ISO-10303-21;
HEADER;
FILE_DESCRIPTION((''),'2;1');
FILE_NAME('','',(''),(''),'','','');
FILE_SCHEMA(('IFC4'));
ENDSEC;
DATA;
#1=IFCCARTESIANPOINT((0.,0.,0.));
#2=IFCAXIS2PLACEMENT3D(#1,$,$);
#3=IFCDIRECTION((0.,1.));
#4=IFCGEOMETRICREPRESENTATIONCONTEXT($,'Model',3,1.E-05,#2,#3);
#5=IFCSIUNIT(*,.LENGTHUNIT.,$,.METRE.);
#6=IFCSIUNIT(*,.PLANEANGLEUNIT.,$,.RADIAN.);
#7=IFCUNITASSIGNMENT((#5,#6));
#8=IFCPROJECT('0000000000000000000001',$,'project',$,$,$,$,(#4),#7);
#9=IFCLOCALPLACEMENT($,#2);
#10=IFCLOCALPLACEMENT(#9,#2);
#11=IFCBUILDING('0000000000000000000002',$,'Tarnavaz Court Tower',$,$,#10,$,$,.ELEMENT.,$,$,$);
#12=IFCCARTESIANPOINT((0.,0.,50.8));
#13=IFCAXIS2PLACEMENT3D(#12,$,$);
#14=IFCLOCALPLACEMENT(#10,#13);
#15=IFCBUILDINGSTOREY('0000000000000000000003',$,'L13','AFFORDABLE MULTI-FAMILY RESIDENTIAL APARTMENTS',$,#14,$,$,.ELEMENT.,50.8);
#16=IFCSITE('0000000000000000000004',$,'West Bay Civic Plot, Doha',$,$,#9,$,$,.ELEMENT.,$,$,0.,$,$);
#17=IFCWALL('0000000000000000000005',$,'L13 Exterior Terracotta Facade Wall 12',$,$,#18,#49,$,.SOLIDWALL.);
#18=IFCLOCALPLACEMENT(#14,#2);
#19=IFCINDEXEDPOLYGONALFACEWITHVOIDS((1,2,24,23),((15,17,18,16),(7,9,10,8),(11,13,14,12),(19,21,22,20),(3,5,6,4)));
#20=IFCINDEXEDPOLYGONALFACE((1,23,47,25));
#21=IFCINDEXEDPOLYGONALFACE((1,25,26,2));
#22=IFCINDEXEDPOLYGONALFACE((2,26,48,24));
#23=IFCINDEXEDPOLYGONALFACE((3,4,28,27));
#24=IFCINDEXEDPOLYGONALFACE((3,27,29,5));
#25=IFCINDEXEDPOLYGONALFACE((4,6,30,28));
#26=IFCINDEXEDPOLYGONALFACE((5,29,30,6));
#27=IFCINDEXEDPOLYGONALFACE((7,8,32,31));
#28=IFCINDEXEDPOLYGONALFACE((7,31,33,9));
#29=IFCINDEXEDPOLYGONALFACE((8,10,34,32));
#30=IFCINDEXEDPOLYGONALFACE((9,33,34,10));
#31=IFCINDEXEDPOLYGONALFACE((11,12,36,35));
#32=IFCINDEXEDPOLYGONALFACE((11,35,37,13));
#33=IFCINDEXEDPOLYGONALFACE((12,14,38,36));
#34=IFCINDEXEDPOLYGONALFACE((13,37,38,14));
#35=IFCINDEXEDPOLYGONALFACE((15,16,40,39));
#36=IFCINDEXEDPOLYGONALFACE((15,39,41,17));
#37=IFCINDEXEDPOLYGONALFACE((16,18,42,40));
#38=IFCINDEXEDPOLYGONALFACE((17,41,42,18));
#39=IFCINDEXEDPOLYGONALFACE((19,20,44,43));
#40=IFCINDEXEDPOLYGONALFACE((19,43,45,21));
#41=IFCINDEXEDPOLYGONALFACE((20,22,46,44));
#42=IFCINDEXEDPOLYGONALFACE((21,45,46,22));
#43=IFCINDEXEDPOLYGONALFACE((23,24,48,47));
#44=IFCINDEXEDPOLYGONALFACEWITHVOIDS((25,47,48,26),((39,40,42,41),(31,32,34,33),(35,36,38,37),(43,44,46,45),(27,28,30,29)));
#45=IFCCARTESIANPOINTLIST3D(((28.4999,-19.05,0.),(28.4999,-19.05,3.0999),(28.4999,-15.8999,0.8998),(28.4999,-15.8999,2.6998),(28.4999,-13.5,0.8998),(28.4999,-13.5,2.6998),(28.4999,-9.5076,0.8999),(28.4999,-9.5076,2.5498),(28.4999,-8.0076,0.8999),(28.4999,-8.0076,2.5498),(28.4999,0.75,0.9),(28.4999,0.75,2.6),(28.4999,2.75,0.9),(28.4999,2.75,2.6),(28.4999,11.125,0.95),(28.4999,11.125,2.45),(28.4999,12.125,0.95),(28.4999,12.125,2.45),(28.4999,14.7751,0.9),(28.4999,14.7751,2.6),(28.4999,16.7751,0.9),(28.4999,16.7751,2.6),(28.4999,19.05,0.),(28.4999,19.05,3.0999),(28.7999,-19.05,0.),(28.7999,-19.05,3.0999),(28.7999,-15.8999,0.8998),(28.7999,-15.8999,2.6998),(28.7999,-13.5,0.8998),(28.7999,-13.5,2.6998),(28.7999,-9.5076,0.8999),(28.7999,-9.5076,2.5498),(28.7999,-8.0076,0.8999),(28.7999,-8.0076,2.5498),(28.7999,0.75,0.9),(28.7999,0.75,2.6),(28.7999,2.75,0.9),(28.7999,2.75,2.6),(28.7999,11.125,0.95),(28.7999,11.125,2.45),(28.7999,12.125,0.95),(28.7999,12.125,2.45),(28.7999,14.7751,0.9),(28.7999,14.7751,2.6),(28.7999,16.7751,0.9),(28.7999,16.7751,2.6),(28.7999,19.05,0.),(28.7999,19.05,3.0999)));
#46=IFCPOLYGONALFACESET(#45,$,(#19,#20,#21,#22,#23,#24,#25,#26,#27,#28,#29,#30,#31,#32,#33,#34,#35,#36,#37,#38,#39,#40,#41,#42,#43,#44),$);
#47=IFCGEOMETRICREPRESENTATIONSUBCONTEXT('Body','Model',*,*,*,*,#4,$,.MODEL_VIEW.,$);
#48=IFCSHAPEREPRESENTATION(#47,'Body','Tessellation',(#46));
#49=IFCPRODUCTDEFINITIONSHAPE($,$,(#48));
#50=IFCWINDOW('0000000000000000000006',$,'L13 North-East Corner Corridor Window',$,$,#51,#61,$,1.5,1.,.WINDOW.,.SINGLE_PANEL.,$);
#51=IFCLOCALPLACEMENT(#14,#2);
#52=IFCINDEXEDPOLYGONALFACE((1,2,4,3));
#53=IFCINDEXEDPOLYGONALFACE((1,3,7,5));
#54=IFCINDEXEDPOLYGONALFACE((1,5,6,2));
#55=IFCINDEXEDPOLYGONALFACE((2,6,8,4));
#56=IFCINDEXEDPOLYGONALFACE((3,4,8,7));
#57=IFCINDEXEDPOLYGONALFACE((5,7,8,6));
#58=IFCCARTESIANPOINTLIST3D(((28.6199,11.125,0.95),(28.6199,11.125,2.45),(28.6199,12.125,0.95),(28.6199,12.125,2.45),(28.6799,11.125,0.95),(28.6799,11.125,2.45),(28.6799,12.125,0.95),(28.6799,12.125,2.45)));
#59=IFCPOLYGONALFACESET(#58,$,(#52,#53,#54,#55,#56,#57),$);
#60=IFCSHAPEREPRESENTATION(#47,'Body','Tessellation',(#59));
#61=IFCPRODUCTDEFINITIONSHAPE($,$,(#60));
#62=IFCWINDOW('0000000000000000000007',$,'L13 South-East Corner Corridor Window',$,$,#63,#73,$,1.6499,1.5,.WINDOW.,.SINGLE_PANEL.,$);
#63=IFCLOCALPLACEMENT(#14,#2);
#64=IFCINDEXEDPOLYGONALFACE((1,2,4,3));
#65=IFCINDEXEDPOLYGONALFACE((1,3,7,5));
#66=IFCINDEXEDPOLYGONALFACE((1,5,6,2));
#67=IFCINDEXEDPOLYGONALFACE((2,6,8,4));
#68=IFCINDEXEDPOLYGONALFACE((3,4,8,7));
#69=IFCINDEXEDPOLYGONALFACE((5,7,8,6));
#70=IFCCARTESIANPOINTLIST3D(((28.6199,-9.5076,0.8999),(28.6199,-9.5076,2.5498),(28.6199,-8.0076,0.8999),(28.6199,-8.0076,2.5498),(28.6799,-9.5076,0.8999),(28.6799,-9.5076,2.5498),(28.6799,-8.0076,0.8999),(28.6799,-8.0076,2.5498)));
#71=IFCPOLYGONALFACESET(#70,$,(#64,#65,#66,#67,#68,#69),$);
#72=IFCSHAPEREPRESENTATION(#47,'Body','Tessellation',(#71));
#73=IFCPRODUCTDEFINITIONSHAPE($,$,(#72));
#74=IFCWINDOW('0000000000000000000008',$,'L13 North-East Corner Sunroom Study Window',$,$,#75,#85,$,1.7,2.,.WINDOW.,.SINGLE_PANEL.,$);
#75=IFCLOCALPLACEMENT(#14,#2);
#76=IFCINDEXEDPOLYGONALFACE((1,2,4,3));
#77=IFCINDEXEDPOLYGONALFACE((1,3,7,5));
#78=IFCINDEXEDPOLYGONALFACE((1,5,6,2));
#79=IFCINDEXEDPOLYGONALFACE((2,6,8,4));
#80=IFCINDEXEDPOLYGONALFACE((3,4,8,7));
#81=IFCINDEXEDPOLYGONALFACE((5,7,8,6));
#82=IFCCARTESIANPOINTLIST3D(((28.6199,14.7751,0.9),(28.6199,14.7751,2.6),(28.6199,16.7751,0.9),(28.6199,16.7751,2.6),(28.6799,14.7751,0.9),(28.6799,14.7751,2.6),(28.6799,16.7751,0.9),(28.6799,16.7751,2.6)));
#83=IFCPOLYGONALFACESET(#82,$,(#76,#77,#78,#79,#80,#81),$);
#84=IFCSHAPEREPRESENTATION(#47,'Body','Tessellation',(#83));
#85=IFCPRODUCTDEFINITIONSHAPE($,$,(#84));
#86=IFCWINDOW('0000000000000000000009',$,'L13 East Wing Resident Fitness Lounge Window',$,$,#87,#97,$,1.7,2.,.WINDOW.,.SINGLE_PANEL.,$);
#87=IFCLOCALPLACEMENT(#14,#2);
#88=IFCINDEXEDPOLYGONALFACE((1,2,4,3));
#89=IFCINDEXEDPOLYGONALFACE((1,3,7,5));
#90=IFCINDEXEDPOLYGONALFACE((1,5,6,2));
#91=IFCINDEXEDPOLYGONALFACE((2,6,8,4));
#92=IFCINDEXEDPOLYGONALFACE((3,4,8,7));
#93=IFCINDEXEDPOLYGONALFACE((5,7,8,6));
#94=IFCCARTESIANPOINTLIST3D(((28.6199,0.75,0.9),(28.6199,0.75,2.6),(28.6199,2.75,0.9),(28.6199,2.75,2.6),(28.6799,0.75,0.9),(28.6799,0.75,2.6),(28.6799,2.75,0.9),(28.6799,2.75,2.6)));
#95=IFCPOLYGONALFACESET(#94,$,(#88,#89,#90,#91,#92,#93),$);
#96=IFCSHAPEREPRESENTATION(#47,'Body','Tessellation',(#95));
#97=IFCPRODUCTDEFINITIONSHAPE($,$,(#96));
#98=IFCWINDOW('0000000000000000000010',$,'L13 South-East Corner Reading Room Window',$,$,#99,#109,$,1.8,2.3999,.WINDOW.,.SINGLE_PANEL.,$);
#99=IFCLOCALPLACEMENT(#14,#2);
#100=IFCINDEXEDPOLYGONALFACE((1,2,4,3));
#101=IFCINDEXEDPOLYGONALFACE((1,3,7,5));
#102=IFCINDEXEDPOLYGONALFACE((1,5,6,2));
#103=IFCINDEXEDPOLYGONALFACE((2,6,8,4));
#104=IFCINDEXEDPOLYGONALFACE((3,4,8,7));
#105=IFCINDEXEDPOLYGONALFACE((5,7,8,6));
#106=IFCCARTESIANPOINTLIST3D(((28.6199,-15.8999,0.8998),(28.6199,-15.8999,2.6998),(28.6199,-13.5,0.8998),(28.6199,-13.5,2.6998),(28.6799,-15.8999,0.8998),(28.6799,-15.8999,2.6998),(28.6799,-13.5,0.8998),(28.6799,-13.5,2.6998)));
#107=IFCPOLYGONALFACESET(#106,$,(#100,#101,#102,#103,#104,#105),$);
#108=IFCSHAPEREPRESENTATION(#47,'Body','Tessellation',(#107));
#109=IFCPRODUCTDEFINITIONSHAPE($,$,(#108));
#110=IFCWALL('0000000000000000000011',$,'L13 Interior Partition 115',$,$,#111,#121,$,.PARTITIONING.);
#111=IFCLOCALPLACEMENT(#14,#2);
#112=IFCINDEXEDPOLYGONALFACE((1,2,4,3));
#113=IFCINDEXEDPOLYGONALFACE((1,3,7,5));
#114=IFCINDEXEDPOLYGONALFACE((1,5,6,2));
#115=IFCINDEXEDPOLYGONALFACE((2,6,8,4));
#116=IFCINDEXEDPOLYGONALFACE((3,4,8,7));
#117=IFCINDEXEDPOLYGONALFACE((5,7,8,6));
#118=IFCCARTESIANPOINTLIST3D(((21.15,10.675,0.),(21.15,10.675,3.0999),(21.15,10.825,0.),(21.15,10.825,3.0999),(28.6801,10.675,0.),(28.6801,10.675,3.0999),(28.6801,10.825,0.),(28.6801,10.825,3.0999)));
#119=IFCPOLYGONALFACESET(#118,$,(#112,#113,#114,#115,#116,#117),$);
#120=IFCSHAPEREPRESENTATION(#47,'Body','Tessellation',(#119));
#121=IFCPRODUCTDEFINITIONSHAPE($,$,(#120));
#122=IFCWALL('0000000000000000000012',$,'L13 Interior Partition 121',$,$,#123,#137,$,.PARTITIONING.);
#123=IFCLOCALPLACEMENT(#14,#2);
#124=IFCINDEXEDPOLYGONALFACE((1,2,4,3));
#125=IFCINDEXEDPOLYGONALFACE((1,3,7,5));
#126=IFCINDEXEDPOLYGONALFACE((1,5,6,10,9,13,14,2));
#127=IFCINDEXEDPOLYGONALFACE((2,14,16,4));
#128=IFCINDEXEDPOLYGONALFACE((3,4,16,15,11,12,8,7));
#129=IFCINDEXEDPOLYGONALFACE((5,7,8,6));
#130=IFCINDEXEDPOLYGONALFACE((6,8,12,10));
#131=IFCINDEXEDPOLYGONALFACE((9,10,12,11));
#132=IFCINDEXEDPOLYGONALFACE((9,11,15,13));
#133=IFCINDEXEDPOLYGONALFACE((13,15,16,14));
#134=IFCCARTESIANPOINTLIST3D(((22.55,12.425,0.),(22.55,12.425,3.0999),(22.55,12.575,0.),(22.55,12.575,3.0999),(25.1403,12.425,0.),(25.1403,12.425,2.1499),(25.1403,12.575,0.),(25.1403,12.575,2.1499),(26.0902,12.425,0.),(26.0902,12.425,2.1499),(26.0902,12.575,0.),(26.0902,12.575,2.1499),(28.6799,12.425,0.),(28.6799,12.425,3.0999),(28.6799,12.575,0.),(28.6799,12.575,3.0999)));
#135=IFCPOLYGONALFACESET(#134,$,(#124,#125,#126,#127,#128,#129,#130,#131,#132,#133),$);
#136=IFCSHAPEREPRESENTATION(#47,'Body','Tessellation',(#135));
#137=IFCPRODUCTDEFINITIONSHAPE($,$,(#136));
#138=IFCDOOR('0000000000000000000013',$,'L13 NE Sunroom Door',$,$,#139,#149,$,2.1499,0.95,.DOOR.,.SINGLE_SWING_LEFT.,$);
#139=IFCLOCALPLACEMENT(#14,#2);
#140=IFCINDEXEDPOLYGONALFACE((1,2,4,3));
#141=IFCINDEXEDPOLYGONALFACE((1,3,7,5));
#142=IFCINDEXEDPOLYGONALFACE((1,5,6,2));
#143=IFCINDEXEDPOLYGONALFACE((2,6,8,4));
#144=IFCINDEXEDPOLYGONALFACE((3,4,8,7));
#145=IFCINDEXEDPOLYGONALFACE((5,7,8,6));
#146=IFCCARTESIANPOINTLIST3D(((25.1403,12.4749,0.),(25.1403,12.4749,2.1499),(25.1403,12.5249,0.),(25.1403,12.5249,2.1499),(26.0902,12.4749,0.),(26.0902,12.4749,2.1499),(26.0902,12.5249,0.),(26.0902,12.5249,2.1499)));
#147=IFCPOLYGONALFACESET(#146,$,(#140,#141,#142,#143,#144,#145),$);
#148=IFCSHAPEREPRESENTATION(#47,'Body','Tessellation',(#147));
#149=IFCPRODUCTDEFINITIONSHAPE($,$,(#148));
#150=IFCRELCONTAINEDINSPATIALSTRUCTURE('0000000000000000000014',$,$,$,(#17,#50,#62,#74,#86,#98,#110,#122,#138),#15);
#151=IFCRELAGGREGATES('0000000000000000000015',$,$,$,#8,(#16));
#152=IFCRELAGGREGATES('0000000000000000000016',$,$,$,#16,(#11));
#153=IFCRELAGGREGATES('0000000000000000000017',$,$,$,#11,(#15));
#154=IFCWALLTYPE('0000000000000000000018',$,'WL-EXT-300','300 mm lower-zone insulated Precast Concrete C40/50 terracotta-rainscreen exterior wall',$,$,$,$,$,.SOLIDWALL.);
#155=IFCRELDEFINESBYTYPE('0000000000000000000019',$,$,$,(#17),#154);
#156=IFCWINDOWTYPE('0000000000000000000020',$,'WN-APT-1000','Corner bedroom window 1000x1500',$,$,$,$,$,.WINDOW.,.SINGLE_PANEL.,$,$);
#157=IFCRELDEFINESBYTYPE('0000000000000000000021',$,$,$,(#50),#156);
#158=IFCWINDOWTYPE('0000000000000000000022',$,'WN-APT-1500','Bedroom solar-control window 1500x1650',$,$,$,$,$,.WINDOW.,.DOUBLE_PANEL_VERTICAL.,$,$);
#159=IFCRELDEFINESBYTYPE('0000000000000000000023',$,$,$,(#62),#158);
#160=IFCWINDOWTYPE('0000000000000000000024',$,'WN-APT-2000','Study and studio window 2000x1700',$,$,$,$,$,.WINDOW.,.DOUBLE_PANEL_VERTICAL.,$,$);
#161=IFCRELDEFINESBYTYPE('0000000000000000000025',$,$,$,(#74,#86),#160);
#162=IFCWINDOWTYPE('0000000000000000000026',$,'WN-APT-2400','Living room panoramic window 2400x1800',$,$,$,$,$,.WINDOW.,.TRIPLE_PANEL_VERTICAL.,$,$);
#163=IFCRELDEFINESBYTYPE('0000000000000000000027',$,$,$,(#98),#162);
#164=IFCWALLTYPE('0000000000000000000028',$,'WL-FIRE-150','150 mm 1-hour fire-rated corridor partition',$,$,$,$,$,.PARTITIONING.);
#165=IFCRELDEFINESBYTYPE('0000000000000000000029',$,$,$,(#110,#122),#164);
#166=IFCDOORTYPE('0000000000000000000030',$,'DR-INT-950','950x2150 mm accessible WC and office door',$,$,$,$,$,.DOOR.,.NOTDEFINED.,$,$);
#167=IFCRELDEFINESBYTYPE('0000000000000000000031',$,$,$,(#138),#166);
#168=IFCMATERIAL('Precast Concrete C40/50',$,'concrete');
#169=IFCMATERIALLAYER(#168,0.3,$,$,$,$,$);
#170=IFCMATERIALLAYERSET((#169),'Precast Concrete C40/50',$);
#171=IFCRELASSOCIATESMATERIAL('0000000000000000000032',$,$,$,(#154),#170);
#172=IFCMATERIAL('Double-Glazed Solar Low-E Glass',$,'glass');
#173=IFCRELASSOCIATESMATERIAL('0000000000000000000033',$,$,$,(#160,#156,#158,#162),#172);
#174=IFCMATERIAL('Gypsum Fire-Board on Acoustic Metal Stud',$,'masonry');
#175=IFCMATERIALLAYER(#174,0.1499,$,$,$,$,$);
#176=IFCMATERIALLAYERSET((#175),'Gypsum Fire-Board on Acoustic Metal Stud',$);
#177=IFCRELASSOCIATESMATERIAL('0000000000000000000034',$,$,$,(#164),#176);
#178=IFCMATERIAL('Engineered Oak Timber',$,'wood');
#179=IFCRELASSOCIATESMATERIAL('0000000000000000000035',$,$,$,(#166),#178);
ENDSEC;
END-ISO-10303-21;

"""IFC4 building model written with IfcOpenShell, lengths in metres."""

from ifc_helpers import new_model, si_unit, direction, frame, frame_2d, origin, place, context, subcontext, project, spatial, rectangle, extrude, material, layer, layer_set, type_object, element, fill, save


model = new_model("IFC4")

# Units and contexts
model_context = context("Model", 3, precision=1e-05, world=origin(), true_north=direction((0.0, 1.0)))
body_context = subcontext(model_context, "Body", "Model", "MODEL_VIEW")
ifc_project = project(units=[si_unit("LENGTHUNIT", "METRE"), si_unit("PLANEANGLEUNIT", "RADIAN")], contexts=[model_context])

# Site, building, storey
site_placement = place(None, origin())
site = spatial("IfcSite", under=ifc_project, at=site_placement, Name="West Bay Civic Plot, Doha", CompositionType="ELEMENT", RefElevation=0.0)
building_placement = place(site_placement, origin())
building = spatial("IfcBuilding", under=site, at=building_placement, Name="Tarnavaz Court Tower", CompositionType="ELEMENT")
storey_placement = place(building_placement, frame((0.0, 0.0, 50.8)))
storey = spatial("IfcBuildingStorey", under=building, at=storey_placement, Name="L13", Description="AFFORDABLE MULTI-FAMILY RESIDENTIAL APARTMENTS", CompositionType="ELEMENT", Elevation=50.8)

# Shared definitions
ifc_material_1 = material(Name="Precast Concrete C40/50", Category="concrete")
ifc_layer_1 = layer(ifc_material_1, 0.3)
ifc_layer_set_1 = layer_set([ifc_layer_1], Name="Precast Concrete C40/50")
wall_type_1 = type_object("IfcWallType", Name="WL-EXT-300", Description="300 mm lower-zone insulated Precast Concrete C40/50 terracotta-rainscreen exterior wall", PredefinedType="SOLIDWALL", material=ifc_layer_set_1)
ifc_material_2 = material(Name="Double-Glazed Solar Low-E Glass", Category="glass")
window_type_1 = type_object("IfcWindowType", Name="WN-APT-2000", Description="Study and studio window 2000x1700", PartitioningType="DOUBLE_PANEL_VERTICAL", PredefinedType="WINDOW", material=ifc_material_2)

# Wall, openings, windows
wall_1_placement = place(storey_placement, frame((28.6499, 19.05, 0.0), z_axis=(0.0, 0.0, 1.0), x_axis=(0.0, -1.0, 0.0)))
wall_1 = element("IfcWall", 1, at=wall_1_placement, inside=storey, type_object=wall_type_1, Name="L13 Exterior Terracotta Facade Wall 12", PredefinedType="SOLIDWALL", context=body_context, shape_type="SweptSolid", body=[
    extrude(rectangle(XDim=38.1001, YDim=0.3, at=frame_2d((19.05, 0.0))), origin(), (0.0, 0.0, 1.0), 3.0999),
])
opening_1_placement = place(wall_1_placement, frame((2.2749, 0.0, 0.8999)))
opening_1 = element("IfcOpeningElement", 2, at=opening_1_placement, cuts=wall_1, PredefinedType="OPENING", context=body_context, shape_type="SweptSolid", body=[
    extrude(rectangle(XDim=2.0, YDim=1.7, at=frame_2d((1.0, 0.8501))), frame((0.0, 0.1599, 0.0), z_axis=(0.0, -1.0, 0.0), x_axis=(1.0, 0.0, 0.0)), (0.0, 0.0, 1.0), 0.3201),
])
opening_2_placement = place(wall_1_placement, frame((6.925, 0.0, 0.95)))
opening_2 = element("IfcOpeningElement", 3, at=opening_2_placement, cuts=wall_1, PredefinedType="OPENING", context=body_context, shape_type="SweptSolid", body=[
    extrude(rectangle(XDim=1.0, YDim=1.5, at=frame_2d((0.5, 0.75))), frame((0.0, 0.1599, 0.0), z_axis=(0.0, -1.0, 0.0), x_axis=(1.0, 0.0, 0.0)), (0.0, 0.0, 1.0), 0.3201),
])
opening_3_placement = place(wall_1_placement, frame((16.3, 0.0, 0.8999)))
opening_3 = element("IfcOpeningElement", 4, at=opening_3_placement, cuts=wall_1, PredefinedType="OPENING", context=body_context, shape_type="SweptSolid", body=[
    extrude(rectangle(XDim=2.0, YDim=1.7, at=frame_2d((1.0, 0.8501))), frame((0.0, 0.1599, 0.0), z_axis=(0.0, -1.0, 0.0), x_axis=(1.0, 0.0, 0.0)), (0.0, 0.0, 1.0), 0.3201),
])
opening_4_placement = place(wall_1_placement, frame((27.0576, 0.0, 0.8999)))
opening_4 = element("IfcOpeningElement", 5, at=opening_4_placement, cuts=wall_1, PredefinedType="OPENING", context=body_context, shape_type="SweptSolid", body=[
    extrude(rectangle(XDim=1.5, YDim=1.6499, at=frame_2d((0.75, 0.825))), frame((0.0, 0.1599, 0.0), z_axis=(0.0, -1.0, 0.0), x_axis=(1.0, 0.0, 0.0)), (0.0, 0.0, 1.0), 0.3201),
])
opening_5_placement = place(wall_1_placement, frame((32.55, 0.0, 0.8999)))
opening_5 = element("IfcOpeningElement", 6, at=opening_5_placement, cuts=wall_1, PredefinedType="OPENING", context=body_context, shape_type="SweptSolid", body=[
    extrude(rectangle(XDim=2.3999, YDim=1.8, at=frame_2d((1.2, 0.8999))), frame((0.0, 0.1599, 0.0), z_axis=(0.0, -1.0, 0.0), x_axis=(1.0, 0.0, 0.0)), (0.0, 0.0, 1.0), 0.3201),
])
window_type_2 = type_object("IfcWindowType", Name="WN-APT-1000", Description="Corner bedroom window 1000x1500", PartitioningType="SINGLE_PANEL", PredefinedType="WINDOW", material=ifc_material_2)
window_1_placement = place(opening_2_placement, origin())
window_1 = element("IfcWindow", 7, at=window_1_placement, inside=storey, type_object=window_type_2, Name="L13 North-East Corner Corridor Window", OverallHeight=1.5, OverallWidth=1.0, PartitioningType="SINGLE_PANEL", PredefinedType="WINDOW", context=body_context, shape_type="SweptSolid", body=[
    extrude(rectangle(XDim=1.0, YDim=1.5, at=frame_2d((0.5, 0.75))), frame((0.0, 0.03, 0.0), z_axis=(0.0, -1.0, 0.0), x_axis=(1.0, 0.0, 0.0)), (0.0, 0.0, 1.0), 0.0601),
])
fill(opening_2, window_1)
window_type_3 = type_object("IfcWindowType", Name="WN-APT-1500", Description="Bedroom solar-control window 1500x1650", PartitioningType="DOUBLE_PANEL_VERTICAL", PredefinedType="WINDOW", material=ifc_material_2)
window_2_placement = place(opening_4_placement, origin())
window_2 = element("IfcWindow", 8, at=window_2_placement, inside=storey, type_object=window_type_3, Name="L13 South-East Corner Corridor Window", OverallHeight=1.6499, OverallWidth=1.5, PartitioningType="SINGLE_PANEL", PredefinedType="WINDOW", context=body_context, shape_type="SweptSolid", body=[
    extrude(rectangle(XDim=1.5, YDim=1.6499, at=frame_2d((0.75, 0.825))), frame((0.0, 0.03, 0.0), z_axis=(0.0, -1.0, 0.0), x_axis=(1.0, 0.0, 0.0)), (0.0, 0.0, 1.0), 0.0601),
])
fill(opening_4, window_2)
window_3_placement = place(opening_1_placement, origin())
window_3 = element("IfcWindow", 9, at=window_3_placement, inside=storey, type_object=window_type_1, Name="L13 North-East Corner Sunroom Study Window", OverallHeight=1.7, OverallWidth=2.0, PartitioningType="SINGLE_PANEL", PredefinedType="WINDOW", context=body_context, shape_type="SweptSolid", body=[
    extrude(rectangle(XDim=2.0, YDim=1.7, at=frame_2d((1.0, 0.8501))), frame((0.0, 0.03, 0.0), z_axis=(0.0, -1.0, 0.0), x_axis=(1.0, 0.0, 0.0)), (0.0, 0.0, 1.0), 0.0601),
])
fill(opening_1, window_3)
window_4_placement = place(opening_3_placement, origin())
window_4 = element("IfcWindow", 10, at=window_4_placement, inside=storey, type_object=window_type_1, Name="L13 East Wing Resident Fitness Lounge Window", OverallHeight=1.7, OverallWidth=2.0, PartitioningType="SINGLE_PANEL", PredefinedType="WINDOW", context=body_context, shape_type="SweptSolid", body=[
    extrude(rectangle(XDim=2.0, YDim=1.7, at=frame_2d((1.0, 0.8501))), frame((0.0, 0.03, 0.0), z_axis=(0.0, -1.0, 0.0), x_axis=(1.0, 0.0, 0.0)), (0.0, 0.0, 1.0), 0.0601),
])
fill(opening_3, window_4)
window_type_4 = type_object("IfcWindowType", Name="WN-APT-2400", Description="Living room panoramic window 2400x1800", PartitioningType="TRIPLE_PANEL_VERTICAL", PredefinedType="WINDOW", material=ifc_material_2)
window_5_placement = place(opening_5_placement, origin())
window_5 = element("IfcWindow", 11, at=window_5_placement, inside=storey, type_object=window_type_4, Name="L13 South-East Corner Reading Room Window", OverallHeight=1.8, OverallWidth=2.3999, PartitioningType="SINGLE_PANEL", PredefinedType="WINDOW", context=body_context, shape_type="SweptSolid", body=[
    extrude(rectangle(XDim=2.3999, YDim=1.8, at=frame_2d((1.2, 0.8999))), frame((0.0, 0.03, 0.0), z_axis=(0.0, -1.0, 0.0), x_axis=(1.0, 0.0, 0.0)), (0.0, 0.0, 1.0), 0.0601),
])
fill(opening_5, window_5)

# Wall
ifc_material_3 = material(Name="Gypsum Fire-Board on Acoustic Metal Stud", Category="masonry")
ifc_layer_2 = layer(ifc_material_3, 0.1499)
ifc_layer_set_2 = layer_set([ifc_layer_2], Name="Gypsum Fire-Board on Acoustic Metal Stud")
wall_type_2 = type_object("IfcWallType", Name="WL-FIRE-150", Description="150 mm 1-hour fire-rated corridor partition", PredefinedType="PARTITIONING", material=ifc_layer_set_2)
wall_2_placement = place(storey_placement, frame((21.1499, 10.75, 0.0), z_axis=(0.0, 0.0, 1.0), x_axis=(1.0, 0.0, 0.0)))
element("IfcWall", 12, at=wall_2_placement, inside=storey, type_object=wall_type_2, Name="L13 Interior Partition 115", PredefinedType="PARTITIONING", context=body_context, shape_type="SweptSolid", body=[
    extrude(rectangle(XDim=7.53, YDim=0.1499, at=frame_2d((3.7651, 0.0))), origin(), (0.0, 0.0, 1.0), 3.0999),
])

# Wall, opening, door
wall_3_placement = place(storey_placement, frame((22.55, 12.5, 0.0), z_axis=(0.0, 0.0, 1.0), x_axis=(1.0, 0.0, 0.0)))
wall_3 = element("IfcWall", 13, at=wall_3_placement, inside=storey, type_object=wall_type_2, Name="L13 Interior Partition 121", PredefinedType="PARTITIONING", context=body_context, shape_type="SweptSolid", body=[
    extrude(rectangle(XDim=6.1299, YDim=0.1499, at=frame_2d((3.0649, 0.0))), origin(), (0.0, 0.0, 1.0), 3.0999),
])
opening_6_placement = place(wall_3_placement, frame((2.5901, 0.0, 0.0)))
opening_6 = element("IfcOpeningElement", 14, at=opening_6_placement, cuts=wall_3, PredefinedType="OPENING", context=body_context, shape_type="SweptSolid", body=[
    extrude(rectangle(XDim=0.95, YDim=2.1499, at=frame_2d((0.4751, 1.075))), frame((0.0, 0.085, 0.0), z_axis=(0.0, -1.0, 0.0), x_axis=(1.0, 0.0, 0.0)), (0.0, 0.0, 1.0), 0.1699),
])
ifc_material_4 = material(Name="Engineered Oak Timber", Category="wood")
door_type = type_object("IfcDoorType", Name="DR-INT-950", Description="950x2150 mm accessible WC and office door", OperationType="NOTDEFINED", PredefinedType="DOOR", material=ifc_material_4)
door_placement = place(opening_6_placement, origin())
door = element("IfcDoor", 15, at=door_placement, inside=storey, type_object=door_type, Name="L13 NE Sunroom Door", OperationType="SINGLE_SWING_LEFT", OverallHeight=2.1499, OverallWidth=0.95, PredefinedType="DOOR", context=body_context, shape_type="SweptSolid", body=[
    extrude(rectangle(XDim=0.95, YDim=2.1499, at=frame_2d((0.4751, 1.075))), frame((0.0, 0.0249, 0.0), z_axis=(0.0, -1.0, 0.0), x_axis=(1.0, 0.0, 0.0)), (0.0, 0.0, 1.0), 0.05),
])
fill(opening_6, door)

save(model, "model.ifc")
